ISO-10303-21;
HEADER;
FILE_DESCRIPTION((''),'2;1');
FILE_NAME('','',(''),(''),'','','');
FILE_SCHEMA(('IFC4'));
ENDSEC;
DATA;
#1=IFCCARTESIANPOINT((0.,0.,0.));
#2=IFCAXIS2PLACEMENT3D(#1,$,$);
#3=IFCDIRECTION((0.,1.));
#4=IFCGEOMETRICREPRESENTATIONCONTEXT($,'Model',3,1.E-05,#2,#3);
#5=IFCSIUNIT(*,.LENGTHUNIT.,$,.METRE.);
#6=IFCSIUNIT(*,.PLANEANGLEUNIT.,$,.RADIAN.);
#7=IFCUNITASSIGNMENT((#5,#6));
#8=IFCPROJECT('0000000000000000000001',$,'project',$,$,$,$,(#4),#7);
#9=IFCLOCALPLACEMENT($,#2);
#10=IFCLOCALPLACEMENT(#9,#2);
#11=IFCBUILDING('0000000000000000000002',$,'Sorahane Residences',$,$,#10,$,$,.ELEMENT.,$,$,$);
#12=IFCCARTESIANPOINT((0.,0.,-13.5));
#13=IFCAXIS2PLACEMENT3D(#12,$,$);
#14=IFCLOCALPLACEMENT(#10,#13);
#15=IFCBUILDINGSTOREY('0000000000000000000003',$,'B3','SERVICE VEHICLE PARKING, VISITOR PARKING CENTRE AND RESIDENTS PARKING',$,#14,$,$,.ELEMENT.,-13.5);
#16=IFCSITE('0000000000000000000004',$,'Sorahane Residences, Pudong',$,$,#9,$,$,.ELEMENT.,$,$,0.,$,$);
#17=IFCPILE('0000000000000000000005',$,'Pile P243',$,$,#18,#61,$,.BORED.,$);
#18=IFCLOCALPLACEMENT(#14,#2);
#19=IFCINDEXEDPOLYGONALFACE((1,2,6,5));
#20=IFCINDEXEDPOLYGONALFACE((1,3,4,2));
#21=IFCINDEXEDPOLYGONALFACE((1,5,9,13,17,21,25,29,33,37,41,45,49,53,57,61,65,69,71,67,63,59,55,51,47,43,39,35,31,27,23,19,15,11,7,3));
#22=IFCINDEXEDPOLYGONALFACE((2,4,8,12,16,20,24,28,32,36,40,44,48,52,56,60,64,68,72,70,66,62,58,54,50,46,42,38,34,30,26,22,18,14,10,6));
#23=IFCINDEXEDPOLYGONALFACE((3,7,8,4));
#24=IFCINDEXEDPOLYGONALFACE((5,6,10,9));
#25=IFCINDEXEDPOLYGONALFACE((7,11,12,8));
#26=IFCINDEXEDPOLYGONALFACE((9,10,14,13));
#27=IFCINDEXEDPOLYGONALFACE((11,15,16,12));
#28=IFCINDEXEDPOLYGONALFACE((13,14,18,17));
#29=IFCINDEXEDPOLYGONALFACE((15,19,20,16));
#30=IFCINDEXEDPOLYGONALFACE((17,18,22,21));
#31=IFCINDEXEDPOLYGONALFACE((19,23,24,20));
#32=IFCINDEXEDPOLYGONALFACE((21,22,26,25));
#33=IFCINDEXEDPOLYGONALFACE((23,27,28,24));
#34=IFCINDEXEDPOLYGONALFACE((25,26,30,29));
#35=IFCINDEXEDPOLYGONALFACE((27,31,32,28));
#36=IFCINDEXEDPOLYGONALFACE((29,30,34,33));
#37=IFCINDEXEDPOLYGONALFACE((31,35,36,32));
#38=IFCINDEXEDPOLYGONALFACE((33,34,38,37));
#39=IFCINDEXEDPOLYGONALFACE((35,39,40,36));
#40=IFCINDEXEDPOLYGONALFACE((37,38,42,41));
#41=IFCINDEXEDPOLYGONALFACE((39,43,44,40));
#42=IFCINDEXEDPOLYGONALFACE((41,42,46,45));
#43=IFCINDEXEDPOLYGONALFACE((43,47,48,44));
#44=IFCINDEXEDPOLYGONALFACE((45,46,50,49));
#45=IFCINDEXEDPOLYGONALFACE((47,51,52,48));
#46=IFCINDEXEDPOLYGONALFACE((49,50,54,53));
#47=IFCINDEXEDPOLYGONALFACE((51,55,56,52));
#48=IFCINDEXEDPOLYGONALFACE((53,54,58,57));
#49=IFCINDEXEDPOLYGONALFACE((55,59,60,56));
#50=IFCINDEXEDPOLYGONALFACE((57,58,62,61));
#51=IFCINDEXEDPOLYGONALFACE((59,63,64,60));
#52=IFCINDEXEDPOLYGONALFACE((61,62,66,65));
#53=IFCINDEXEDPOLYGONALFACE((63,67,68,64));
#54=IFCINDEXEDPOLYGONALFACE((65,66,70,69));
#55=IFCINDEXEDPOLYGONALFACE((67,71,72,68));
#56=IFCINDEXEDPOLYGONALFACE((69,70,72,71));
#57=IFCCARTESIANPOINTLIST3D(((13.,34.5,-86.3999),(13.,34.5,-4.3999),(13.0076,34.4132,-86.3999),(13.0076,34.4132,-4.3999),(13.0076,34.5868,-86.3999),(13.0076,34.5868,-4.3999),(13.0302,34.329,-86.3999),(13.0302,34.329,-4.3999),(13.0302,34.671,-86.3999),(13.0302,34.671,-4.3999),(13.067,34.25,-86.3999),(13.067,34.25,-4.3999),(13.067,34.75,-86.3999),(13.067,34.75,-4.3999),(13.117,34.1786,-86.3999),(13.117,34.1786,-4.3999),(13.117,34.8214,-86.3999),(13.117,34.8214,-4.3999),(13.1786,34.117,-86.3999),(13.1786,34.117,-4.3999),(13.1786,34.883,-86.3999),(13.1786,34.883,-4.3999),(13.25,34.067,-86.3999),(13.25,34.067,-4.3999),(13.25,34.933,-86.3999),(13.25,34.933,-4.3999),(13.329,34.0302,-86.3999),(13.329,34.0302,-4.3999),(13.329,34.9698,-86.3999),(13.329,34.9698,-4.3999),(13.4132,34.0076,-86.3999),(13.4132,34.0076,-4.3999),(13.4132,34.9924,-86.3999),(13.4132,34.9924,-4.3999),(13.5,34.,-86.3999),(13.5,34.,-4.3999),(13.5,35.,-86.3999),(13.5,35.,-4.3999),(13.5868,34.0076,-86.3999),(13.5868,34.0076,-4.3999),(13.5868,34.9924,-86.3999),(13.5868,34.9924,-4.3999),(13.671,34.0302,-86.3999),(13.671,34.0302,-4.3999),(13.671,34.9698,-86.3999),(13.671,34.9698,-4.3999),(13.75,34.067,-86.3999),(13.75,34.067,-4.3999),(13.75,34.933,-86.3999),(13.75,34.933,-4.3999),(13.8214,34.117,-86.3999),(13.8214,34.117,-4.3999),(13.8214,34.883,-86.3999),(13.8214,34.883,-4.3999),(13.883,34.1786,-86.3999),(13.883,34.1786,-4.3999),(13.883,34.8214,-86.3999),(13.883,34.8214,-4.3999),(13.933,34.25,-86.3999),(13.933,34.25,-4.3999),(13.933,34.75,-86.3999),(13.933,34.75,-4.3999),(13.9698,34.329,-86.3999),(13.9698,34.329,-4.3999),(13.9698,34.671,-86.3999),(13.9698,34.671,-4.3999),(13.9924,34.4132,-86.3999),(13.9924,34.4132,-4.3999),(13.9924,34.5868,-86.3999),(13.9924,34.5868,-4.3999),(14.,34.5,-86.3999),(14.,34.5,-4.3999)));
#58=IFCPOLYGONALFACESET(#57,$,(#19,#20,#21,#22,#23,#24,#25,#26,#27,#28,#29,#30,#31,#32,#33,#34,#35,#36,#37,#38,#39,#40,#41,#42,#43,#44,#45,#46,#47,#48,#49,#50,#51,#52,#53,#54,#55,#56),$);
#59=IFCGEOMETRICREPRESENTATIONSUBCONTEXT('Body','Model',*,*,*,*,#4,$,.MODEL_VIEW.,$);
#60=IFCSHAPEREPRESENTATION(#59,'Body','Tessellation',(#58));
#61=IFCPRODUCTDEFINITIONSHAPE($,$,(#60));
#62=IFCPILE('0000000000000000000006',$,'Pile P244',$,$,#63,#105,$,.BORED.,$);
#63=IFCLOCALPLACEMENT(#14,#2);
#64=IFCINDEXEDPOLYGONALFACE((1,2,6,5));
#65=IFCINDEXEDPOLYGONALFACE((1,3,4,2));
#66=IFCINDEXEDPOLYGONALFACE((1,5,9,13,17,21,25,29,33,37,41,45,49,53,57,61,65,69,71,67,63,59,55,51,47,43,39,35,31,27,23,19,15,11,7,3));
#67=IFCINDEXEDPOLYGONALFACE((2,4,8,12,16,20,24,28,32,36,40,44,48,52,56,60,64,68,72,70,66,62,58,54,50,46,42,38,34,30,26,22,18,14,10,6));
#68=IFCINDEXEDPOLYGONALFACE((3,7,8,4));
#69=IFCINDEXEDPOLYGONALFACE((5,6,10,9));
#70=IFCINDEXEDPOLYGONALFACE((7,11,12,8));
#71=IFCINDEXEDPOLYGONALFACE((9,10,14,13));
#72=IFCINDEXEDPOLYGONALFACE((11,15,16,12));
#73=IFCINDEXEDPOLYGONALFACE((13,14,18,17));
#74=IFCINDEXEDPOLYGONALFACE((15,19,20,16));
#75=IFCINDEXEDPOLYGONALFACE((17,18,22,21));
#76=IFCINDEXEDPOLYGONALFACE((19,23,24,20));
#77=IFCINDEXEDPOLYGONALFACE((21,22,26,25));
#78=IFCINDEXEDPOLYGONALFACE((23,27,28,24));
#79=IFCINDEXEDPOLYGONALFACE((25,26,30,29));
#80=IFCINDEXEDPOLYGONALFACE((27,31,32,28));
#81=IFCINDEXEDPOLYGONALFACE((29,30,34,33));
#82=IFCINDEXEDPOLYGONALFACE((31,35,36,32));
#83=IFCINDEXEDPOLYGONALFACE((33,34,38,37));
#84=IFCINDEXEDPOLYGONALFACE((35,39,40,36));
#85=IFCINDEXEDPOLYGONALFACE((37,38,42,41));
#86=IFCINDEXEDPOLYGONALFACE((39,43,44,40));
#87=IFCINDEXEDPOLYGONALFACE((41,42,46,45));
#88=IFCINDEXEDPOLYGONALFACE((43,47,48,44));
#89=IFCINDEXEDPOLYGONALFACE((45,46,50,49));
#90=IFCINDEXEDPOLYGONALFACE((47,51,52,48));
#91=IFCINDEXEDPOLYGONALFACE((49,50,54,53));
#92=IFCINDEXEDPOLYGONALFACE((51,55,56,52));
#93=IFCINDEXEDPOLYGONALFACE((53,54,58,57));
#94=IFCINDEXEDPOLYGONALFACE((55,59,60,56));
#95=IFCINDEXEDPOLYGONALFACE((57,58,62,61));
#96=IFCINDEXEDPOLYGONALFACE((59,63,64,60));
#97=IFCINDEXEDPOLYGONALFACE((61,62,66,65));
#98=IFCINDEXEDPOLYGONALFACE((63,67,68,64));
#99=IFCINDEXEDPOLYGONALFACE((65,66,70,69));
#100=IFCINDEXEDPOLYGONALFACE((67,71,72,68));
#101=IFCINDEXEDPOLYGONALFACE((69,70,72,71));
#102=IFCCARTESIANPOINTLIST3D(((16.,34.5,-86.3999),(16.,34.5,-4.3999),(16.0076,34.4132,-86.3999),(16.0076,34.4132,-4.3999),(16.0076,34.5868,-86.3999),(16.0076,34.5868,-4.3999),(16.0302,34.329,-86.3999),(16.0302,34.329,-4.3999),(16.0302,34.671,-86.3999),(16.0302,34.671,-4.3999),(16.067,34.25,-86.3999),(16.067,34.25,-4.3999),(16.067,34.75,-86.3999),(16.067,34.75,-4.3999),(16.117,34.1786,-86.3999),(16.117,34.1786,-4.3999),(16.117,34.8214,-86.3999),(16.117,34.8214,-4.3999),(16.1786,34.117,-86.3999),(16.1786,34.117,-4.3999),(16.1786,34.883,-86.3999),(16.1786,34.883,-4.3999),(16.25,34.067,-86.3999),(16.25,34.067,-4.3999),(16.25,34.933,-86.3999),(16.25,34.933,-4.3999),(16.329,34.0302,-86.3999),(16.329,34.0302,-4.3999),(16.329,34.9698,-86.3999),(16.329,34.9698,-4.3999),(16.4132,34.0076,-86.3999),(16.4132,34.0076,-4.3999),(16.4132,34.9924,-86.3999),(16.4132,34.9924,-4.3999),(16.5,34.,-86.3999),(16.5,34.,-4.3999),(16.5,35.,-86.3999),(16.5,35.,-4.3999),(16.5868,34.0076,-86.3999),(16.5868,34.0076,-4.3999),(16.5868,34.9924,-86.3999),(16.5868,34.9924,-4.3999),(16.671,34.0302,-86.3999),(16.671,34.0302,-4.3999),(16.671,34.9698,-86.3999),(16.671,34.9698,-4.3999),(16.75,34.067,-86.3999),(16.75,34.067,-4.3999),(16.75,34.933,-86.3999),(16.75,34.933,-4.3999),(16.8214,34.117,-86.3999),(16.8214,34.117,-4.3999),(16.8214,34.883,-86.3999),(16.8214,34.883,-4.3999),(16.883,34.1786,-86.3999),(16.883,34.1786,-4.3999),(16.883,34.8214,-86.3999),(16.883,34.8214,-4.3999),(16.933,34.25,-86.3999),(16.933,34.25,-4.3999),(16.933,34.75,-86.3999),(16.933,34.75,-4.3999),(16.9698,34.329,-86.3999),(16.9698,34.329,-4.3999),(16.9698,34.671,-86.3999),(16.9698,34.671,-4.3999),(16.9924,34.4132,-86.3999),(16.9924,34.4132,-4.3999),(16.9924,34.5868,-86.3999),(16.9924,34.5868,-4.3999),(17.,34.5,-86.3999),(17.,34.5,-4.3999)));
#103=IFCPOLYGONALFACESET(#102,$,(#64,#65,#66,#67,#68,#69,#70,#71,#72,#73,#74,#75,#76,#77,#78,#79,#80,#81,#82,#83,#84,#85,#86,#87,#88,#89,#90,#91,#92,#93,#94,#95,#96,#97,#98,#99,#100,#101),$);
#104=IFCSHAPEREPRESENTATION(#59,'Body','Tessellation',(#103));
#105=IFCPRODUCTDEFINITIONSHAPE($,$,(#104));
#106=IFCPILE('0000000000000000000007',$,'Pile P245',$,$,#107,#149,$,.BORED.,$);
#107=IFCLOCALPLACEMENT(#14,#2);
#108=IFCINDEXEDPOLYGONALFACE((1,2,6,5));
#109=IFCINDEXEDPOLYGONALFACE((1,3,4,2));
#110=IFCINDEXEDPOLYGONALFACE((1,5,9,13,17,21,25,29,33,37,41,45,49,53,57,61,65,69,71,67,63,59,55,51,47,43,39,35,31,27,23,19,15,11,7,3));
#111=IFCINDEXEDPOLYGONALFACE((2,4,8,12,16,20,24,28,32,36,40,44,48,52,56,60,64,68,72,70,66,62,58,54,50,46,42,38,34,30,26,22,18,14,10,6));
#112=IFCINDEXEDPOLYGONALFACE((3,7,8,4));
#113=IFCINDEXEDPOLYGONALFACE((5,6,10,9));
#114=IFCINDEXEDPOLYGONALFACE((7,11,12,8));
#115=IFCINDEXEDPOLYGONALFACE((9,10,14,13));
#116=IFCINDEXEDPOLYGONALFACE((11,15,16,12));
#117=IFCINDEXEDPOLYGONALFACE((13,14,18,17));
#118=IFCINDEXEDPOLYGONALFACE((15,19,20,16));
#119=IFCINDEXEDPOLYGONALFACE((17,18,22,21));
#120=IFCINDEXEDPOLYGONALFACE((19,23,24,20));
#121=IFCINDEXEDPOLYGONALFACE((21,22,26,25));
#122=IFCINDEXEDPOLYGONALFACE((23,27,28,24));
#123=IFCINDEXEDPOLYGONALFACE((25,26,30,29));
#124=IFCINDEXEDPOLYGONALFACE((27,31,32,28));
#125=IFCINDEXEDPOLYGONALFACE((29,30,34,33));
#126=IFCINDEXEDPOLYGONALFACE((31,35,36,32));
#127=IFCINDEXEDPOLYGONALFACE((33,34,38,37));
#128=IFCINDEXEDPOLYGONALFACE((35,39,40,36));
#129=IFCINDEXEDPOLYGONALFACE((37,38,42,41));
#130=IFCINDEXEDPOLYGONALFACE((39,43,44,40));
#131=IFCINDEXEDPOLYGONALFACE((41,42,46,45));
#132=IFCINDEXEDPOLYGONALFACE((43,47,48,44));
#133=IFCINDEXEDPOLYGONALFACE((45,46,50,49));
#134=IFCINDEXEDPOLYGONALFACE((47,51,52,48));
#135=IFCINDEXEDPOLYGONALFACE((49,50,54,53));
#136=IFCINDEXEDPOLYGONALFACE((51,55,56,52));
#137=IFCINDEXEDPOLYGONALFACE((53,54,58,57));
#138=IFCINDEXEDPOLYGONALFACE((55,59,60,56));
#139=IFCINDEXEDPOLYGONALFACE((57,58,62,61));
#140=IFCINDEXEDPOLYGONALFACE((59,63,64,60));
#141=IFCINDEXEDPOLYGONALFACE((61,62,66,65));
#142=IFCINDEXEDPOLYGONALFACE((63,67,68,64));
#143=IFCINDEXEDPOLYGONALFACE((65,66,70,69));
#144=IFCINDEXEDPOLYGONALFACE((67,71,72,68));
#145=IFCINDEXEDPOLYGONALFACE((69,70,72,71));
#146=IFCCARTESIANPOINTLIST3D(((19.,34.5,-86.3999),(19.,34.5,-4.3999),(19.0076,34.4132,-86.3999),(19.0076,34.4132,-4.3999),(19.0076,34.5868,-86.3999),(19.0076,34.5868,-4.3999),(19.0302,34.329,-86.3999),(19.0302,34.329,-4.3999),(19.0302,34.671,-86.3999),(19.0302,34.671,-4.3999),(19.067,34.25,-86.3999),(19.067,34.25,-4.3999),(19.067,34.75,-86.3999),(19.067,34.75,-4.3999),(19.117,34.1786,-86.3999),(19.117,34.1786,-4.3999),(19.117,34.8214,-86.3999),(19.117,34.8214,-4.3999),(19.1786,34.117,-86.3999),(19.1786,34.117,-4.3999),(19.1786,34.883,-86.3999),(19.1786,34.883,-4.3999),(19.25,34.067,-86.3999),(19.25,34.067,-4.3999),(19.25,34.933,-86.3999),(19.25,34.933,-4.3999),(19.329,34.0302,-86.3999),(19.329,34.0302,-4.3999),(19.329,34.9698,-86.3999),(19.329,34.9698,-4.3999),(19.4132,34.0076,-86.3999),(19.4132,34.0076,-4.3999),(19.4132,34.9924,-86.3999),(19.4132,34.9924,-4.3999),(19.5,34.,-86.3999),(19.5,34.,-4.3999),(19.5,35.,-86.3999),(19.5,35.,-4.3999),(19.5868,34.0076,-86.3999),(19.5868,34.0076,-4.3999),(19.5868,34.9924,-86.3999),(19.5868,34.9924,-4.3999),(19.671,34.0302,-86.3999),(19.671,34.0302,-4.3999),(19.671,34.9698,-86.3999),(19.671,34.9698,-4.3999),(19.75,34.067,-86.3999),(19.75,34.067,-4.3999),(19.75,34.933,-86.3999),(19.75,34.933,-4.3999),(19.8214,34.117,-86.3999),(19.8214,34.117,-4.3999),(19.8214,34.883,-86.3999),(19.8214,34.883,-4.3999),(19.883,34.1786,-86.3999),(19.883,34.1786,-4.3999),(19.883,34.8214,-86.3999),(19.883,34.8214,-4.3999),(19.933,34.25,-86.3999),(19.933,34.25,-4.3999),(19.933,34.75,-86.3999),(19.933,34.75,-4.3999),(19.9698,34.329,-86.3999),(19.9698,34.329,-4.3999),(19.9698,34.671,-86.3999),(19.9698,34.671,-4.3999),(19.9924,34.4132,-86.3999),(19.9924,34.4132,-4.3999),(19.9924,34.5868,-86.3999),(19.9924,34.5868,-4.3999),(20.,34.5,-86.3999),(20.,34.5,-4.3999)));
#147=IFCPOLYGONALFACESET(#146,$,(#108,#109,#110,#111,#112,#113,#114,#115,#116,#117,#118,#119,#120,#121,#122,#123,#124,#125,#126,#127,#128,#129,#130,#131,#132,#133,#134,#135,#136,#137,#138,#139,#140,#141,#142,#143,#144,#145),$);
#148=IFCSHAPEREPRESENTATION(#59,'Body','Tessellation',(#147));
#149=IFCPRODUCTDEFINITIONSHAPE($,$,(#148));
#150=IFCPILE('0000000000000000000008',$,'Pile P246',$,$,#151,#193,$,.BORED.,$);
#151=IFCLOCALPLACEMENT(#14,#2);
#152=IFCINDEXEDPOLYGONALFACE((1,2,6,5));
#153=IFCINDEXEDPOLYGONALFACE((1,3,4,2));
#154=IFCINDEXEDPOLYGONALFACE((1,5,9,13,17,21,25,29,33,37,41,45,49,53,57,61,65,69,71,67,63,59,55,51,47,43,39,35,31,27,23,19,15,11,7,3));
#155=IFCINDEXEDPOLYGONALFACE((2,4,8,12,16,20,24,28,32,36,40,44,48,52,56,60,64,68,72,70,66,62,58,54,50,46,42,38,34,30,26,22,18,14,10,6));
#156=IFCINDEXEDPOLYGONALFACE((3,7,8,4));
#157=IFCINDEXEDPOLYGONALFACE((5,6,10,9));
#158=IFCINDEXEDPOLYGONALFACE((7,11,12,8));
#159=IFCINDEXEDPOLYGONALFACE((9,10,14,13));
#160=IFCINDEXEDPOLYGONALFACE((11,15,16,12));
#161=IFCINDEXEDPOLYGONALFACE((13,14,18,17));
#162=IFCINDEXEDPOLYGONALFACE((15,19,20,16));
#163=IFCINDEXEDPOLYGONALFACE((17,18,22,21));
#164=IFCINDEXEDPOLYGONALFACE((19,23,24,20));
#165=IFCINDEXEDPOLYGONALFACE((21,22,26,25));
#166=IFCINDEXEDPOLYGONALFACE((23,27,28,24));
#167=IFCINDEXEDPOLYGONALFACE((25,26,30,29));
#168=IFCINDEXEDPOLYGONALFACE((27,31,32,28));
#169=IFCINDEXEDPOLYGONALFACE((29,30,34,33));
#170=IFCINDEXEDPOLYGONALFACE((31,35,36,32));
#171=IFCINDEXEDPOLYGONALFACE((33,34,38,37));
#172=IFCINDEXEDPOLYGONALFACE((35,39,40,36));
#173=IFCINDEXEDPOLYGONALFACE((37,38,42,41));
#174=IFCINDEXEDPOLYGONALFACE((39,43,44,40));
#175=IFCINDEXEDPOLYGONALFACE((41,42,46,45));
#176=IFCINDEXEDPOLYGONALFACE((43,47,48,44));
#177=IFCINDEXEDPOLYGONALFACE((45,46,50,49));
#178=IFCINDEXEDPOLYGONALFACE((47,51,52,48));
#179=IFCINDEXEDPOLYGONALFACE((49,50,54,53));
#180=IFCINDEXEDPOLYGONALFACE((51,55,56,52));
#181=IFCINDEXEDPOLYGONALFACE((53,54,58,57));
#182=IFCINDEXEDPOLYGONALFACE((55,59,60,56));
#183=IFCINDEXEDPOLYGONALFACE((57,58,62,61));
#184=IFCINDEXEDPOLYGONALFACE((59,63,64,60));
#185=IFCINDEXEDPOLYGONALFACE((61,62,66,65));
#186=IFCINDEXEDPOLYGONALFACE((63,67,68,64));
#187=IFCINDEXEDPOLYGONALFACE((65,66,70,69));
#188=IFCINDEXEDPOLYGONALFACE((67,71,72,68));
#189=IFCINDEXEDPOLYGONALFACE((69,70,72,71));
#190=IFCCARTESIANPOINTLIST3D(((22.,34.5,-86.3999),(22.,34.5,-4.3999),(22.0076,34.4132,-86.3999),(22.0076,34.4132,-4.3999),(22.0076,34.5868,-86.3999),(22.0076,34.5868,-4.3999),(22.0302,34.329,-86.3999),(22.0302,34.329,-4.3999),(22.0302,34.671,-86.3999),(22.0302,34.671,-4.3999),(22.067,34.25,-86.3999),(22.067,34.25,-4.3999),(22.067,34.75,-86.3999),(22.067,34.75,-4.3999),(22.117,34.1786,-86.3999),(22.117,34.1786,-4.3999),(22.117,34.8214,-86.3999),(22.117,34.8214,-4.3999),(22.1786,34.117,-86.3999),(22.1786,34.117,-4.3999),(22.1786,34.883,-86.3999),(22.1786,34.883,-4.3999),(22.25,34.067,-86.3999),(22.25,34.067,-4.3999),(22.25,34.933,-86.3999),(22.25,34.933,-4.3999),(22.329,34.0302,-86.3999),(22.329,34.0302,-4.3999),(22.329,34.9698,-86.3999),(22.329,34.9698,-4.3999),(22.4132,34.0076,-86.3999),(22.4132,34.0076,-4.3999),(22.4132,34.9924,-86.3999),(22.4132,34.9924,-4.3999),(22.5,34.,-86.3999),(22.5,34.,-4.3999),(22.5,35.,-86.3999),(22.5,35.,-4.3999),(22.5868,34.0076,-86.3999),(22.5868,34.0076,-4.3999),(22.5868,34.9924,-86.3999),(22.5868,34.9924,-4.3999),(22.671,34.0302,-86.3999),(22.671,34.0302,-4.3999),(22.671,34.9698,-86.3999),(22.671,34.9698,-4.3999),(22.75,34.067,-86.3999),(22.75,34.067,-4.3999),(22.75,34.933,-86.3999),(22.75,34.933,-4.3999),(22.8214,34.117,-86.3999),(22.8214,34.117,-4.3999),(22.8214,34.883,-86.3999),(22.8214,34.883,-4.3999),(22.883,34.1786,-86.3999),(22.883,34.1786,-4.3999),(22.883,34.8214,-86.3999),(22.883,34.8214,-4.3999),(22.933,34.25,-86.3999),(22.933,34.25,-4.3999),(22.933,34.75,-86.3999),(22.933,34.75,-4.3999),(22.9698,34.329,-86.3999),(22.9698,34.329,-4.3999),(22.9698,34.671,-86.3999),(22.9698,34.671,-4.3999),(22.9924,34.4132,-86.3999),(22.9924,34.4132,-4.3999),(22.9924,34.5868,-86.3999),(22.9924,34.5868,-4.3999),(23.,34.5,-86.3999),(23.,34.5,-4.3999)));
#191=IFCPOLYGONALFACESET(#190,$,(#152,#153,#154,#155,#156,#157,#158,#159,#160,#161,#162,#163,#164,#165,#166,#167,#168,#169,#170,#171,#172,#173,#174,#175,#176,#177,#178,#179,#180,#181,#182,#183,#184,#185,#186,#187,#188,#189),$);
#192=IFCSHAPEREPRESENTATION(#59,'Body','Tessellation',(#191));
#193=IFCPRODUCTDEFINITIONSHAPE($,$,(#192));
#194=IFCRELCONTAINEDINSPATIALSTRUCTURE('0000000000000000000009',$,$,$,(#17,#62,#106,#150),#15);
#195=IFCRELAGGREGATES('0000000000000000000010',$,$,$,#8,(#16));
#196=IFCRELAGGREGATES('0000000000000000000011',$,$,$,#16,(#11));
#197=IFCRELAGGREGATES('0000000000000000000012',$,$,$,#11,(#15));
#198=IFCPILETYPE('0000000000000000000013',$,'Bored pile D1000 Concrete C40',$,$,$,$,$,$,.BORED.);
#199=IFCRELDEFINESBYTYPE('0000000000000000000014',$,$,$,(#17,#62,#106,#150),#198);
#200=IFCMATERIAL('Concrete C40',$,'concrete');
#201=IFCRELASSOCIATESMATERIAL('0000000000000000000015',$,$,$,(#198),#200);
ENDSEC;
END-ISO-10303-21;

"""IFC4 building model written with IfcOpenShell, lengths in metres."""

from ifc_helpers import new_model, si_unit, direction, frame, origin, origin_2d, place, context, subcontext, project, spatial, circle, extrude, material, material_profile, profile_set, type_object, element, save


model = new_model("IFC4")

# Units and contexts
model_context = context("Model", 3, precision=1e-05, world=origin(), true_north=direction((0.0, 1.0)))
body_context = subcontext(model_context, "Body", "Model", "MODEL_VIEW")
ifc_project = project(units=[si_unit("LENGTHUNIT", "METRE"), si_unit("PLANEANGLEUNIT", "RADIAN")], contexts=[model_context])

# Site, building, storey
site_placement = place(None, origin())
site = spatial("IfcSite", under=ifc_project, at=site_placement, Name="Sorahane Residences, Pudong", CompositionType="ELEMENT", RefElevation=0.0)
building_placement = place(site_placement, origin())
building = spatial("IfcBuilding", under=site, at=building_placement, Name="Sorahane Residences", CompositionType="ELEMENT")
storey_placement = place(building_placement, frame((0.0, 0.0, -13.5)))
storey = spatial("IfcBuildingStorey", under=building, at=storey_placement, Name="B3", Description="SERVICE VEHICLE PARKING, VISITOR PARKING CENTRE AND RESIDENTS PARKING", CompositionType="ELEMENT", Elevation=-13.5)

# Piles
ifc_material_1 = material(Name="Concrete C40", Category="concrete")
ifc_material_profile_1 = material_profile(ifc_material_1, circle(Radius=0.5, at=origin_2d()), Name="D1000")
ifc_profile_set_1 = profile_set([ifc_material_profile_1], Name="Concrete C40")
pile_type = type_object("IfcPileType", Name="Bored pile D1000 Concrete C40", PredefinedType="BORED", material=ifc_profile_set_1)
for number, where, z_axis, x_axis, name in (
    (1, (13.5, 34.5, -4.3999), (0.0, 0.0, -1.0), (1.0, 0.0, 0.0), "Pile P243"),
    (2, (16.5, 34.5, -4.3999), (0.0, 0.0, -1.0), (1.0, 0.0, 0.0), "Pile P244"),
    (3, (19.5, 34.5, -4.3999), (0.0, 0.0, -1.0), (1.0, 0.0, 0.0), "Pile P245"),
    (4, (22.5, 34.5, -4.3999), (0.0, 0.0, -1.0), (1.0, 0.0, 0.0), "Pile P246"),
):
    element("IfcPile", number, at=place(storey_placement, frame(where, z_axis=z_axis, x_axis=x_axis)), inside=storey, type_object=pile_type, Name=name, PredefinedType="BORED", context=body_context, shape_type="SweptSolid", body=[
        extrude(circle(Radius=0.5, at=origin_2d()), origin(), (0.0, 0.0, 1.0), 82.0),
    ])

save(model, "model.ifc")
